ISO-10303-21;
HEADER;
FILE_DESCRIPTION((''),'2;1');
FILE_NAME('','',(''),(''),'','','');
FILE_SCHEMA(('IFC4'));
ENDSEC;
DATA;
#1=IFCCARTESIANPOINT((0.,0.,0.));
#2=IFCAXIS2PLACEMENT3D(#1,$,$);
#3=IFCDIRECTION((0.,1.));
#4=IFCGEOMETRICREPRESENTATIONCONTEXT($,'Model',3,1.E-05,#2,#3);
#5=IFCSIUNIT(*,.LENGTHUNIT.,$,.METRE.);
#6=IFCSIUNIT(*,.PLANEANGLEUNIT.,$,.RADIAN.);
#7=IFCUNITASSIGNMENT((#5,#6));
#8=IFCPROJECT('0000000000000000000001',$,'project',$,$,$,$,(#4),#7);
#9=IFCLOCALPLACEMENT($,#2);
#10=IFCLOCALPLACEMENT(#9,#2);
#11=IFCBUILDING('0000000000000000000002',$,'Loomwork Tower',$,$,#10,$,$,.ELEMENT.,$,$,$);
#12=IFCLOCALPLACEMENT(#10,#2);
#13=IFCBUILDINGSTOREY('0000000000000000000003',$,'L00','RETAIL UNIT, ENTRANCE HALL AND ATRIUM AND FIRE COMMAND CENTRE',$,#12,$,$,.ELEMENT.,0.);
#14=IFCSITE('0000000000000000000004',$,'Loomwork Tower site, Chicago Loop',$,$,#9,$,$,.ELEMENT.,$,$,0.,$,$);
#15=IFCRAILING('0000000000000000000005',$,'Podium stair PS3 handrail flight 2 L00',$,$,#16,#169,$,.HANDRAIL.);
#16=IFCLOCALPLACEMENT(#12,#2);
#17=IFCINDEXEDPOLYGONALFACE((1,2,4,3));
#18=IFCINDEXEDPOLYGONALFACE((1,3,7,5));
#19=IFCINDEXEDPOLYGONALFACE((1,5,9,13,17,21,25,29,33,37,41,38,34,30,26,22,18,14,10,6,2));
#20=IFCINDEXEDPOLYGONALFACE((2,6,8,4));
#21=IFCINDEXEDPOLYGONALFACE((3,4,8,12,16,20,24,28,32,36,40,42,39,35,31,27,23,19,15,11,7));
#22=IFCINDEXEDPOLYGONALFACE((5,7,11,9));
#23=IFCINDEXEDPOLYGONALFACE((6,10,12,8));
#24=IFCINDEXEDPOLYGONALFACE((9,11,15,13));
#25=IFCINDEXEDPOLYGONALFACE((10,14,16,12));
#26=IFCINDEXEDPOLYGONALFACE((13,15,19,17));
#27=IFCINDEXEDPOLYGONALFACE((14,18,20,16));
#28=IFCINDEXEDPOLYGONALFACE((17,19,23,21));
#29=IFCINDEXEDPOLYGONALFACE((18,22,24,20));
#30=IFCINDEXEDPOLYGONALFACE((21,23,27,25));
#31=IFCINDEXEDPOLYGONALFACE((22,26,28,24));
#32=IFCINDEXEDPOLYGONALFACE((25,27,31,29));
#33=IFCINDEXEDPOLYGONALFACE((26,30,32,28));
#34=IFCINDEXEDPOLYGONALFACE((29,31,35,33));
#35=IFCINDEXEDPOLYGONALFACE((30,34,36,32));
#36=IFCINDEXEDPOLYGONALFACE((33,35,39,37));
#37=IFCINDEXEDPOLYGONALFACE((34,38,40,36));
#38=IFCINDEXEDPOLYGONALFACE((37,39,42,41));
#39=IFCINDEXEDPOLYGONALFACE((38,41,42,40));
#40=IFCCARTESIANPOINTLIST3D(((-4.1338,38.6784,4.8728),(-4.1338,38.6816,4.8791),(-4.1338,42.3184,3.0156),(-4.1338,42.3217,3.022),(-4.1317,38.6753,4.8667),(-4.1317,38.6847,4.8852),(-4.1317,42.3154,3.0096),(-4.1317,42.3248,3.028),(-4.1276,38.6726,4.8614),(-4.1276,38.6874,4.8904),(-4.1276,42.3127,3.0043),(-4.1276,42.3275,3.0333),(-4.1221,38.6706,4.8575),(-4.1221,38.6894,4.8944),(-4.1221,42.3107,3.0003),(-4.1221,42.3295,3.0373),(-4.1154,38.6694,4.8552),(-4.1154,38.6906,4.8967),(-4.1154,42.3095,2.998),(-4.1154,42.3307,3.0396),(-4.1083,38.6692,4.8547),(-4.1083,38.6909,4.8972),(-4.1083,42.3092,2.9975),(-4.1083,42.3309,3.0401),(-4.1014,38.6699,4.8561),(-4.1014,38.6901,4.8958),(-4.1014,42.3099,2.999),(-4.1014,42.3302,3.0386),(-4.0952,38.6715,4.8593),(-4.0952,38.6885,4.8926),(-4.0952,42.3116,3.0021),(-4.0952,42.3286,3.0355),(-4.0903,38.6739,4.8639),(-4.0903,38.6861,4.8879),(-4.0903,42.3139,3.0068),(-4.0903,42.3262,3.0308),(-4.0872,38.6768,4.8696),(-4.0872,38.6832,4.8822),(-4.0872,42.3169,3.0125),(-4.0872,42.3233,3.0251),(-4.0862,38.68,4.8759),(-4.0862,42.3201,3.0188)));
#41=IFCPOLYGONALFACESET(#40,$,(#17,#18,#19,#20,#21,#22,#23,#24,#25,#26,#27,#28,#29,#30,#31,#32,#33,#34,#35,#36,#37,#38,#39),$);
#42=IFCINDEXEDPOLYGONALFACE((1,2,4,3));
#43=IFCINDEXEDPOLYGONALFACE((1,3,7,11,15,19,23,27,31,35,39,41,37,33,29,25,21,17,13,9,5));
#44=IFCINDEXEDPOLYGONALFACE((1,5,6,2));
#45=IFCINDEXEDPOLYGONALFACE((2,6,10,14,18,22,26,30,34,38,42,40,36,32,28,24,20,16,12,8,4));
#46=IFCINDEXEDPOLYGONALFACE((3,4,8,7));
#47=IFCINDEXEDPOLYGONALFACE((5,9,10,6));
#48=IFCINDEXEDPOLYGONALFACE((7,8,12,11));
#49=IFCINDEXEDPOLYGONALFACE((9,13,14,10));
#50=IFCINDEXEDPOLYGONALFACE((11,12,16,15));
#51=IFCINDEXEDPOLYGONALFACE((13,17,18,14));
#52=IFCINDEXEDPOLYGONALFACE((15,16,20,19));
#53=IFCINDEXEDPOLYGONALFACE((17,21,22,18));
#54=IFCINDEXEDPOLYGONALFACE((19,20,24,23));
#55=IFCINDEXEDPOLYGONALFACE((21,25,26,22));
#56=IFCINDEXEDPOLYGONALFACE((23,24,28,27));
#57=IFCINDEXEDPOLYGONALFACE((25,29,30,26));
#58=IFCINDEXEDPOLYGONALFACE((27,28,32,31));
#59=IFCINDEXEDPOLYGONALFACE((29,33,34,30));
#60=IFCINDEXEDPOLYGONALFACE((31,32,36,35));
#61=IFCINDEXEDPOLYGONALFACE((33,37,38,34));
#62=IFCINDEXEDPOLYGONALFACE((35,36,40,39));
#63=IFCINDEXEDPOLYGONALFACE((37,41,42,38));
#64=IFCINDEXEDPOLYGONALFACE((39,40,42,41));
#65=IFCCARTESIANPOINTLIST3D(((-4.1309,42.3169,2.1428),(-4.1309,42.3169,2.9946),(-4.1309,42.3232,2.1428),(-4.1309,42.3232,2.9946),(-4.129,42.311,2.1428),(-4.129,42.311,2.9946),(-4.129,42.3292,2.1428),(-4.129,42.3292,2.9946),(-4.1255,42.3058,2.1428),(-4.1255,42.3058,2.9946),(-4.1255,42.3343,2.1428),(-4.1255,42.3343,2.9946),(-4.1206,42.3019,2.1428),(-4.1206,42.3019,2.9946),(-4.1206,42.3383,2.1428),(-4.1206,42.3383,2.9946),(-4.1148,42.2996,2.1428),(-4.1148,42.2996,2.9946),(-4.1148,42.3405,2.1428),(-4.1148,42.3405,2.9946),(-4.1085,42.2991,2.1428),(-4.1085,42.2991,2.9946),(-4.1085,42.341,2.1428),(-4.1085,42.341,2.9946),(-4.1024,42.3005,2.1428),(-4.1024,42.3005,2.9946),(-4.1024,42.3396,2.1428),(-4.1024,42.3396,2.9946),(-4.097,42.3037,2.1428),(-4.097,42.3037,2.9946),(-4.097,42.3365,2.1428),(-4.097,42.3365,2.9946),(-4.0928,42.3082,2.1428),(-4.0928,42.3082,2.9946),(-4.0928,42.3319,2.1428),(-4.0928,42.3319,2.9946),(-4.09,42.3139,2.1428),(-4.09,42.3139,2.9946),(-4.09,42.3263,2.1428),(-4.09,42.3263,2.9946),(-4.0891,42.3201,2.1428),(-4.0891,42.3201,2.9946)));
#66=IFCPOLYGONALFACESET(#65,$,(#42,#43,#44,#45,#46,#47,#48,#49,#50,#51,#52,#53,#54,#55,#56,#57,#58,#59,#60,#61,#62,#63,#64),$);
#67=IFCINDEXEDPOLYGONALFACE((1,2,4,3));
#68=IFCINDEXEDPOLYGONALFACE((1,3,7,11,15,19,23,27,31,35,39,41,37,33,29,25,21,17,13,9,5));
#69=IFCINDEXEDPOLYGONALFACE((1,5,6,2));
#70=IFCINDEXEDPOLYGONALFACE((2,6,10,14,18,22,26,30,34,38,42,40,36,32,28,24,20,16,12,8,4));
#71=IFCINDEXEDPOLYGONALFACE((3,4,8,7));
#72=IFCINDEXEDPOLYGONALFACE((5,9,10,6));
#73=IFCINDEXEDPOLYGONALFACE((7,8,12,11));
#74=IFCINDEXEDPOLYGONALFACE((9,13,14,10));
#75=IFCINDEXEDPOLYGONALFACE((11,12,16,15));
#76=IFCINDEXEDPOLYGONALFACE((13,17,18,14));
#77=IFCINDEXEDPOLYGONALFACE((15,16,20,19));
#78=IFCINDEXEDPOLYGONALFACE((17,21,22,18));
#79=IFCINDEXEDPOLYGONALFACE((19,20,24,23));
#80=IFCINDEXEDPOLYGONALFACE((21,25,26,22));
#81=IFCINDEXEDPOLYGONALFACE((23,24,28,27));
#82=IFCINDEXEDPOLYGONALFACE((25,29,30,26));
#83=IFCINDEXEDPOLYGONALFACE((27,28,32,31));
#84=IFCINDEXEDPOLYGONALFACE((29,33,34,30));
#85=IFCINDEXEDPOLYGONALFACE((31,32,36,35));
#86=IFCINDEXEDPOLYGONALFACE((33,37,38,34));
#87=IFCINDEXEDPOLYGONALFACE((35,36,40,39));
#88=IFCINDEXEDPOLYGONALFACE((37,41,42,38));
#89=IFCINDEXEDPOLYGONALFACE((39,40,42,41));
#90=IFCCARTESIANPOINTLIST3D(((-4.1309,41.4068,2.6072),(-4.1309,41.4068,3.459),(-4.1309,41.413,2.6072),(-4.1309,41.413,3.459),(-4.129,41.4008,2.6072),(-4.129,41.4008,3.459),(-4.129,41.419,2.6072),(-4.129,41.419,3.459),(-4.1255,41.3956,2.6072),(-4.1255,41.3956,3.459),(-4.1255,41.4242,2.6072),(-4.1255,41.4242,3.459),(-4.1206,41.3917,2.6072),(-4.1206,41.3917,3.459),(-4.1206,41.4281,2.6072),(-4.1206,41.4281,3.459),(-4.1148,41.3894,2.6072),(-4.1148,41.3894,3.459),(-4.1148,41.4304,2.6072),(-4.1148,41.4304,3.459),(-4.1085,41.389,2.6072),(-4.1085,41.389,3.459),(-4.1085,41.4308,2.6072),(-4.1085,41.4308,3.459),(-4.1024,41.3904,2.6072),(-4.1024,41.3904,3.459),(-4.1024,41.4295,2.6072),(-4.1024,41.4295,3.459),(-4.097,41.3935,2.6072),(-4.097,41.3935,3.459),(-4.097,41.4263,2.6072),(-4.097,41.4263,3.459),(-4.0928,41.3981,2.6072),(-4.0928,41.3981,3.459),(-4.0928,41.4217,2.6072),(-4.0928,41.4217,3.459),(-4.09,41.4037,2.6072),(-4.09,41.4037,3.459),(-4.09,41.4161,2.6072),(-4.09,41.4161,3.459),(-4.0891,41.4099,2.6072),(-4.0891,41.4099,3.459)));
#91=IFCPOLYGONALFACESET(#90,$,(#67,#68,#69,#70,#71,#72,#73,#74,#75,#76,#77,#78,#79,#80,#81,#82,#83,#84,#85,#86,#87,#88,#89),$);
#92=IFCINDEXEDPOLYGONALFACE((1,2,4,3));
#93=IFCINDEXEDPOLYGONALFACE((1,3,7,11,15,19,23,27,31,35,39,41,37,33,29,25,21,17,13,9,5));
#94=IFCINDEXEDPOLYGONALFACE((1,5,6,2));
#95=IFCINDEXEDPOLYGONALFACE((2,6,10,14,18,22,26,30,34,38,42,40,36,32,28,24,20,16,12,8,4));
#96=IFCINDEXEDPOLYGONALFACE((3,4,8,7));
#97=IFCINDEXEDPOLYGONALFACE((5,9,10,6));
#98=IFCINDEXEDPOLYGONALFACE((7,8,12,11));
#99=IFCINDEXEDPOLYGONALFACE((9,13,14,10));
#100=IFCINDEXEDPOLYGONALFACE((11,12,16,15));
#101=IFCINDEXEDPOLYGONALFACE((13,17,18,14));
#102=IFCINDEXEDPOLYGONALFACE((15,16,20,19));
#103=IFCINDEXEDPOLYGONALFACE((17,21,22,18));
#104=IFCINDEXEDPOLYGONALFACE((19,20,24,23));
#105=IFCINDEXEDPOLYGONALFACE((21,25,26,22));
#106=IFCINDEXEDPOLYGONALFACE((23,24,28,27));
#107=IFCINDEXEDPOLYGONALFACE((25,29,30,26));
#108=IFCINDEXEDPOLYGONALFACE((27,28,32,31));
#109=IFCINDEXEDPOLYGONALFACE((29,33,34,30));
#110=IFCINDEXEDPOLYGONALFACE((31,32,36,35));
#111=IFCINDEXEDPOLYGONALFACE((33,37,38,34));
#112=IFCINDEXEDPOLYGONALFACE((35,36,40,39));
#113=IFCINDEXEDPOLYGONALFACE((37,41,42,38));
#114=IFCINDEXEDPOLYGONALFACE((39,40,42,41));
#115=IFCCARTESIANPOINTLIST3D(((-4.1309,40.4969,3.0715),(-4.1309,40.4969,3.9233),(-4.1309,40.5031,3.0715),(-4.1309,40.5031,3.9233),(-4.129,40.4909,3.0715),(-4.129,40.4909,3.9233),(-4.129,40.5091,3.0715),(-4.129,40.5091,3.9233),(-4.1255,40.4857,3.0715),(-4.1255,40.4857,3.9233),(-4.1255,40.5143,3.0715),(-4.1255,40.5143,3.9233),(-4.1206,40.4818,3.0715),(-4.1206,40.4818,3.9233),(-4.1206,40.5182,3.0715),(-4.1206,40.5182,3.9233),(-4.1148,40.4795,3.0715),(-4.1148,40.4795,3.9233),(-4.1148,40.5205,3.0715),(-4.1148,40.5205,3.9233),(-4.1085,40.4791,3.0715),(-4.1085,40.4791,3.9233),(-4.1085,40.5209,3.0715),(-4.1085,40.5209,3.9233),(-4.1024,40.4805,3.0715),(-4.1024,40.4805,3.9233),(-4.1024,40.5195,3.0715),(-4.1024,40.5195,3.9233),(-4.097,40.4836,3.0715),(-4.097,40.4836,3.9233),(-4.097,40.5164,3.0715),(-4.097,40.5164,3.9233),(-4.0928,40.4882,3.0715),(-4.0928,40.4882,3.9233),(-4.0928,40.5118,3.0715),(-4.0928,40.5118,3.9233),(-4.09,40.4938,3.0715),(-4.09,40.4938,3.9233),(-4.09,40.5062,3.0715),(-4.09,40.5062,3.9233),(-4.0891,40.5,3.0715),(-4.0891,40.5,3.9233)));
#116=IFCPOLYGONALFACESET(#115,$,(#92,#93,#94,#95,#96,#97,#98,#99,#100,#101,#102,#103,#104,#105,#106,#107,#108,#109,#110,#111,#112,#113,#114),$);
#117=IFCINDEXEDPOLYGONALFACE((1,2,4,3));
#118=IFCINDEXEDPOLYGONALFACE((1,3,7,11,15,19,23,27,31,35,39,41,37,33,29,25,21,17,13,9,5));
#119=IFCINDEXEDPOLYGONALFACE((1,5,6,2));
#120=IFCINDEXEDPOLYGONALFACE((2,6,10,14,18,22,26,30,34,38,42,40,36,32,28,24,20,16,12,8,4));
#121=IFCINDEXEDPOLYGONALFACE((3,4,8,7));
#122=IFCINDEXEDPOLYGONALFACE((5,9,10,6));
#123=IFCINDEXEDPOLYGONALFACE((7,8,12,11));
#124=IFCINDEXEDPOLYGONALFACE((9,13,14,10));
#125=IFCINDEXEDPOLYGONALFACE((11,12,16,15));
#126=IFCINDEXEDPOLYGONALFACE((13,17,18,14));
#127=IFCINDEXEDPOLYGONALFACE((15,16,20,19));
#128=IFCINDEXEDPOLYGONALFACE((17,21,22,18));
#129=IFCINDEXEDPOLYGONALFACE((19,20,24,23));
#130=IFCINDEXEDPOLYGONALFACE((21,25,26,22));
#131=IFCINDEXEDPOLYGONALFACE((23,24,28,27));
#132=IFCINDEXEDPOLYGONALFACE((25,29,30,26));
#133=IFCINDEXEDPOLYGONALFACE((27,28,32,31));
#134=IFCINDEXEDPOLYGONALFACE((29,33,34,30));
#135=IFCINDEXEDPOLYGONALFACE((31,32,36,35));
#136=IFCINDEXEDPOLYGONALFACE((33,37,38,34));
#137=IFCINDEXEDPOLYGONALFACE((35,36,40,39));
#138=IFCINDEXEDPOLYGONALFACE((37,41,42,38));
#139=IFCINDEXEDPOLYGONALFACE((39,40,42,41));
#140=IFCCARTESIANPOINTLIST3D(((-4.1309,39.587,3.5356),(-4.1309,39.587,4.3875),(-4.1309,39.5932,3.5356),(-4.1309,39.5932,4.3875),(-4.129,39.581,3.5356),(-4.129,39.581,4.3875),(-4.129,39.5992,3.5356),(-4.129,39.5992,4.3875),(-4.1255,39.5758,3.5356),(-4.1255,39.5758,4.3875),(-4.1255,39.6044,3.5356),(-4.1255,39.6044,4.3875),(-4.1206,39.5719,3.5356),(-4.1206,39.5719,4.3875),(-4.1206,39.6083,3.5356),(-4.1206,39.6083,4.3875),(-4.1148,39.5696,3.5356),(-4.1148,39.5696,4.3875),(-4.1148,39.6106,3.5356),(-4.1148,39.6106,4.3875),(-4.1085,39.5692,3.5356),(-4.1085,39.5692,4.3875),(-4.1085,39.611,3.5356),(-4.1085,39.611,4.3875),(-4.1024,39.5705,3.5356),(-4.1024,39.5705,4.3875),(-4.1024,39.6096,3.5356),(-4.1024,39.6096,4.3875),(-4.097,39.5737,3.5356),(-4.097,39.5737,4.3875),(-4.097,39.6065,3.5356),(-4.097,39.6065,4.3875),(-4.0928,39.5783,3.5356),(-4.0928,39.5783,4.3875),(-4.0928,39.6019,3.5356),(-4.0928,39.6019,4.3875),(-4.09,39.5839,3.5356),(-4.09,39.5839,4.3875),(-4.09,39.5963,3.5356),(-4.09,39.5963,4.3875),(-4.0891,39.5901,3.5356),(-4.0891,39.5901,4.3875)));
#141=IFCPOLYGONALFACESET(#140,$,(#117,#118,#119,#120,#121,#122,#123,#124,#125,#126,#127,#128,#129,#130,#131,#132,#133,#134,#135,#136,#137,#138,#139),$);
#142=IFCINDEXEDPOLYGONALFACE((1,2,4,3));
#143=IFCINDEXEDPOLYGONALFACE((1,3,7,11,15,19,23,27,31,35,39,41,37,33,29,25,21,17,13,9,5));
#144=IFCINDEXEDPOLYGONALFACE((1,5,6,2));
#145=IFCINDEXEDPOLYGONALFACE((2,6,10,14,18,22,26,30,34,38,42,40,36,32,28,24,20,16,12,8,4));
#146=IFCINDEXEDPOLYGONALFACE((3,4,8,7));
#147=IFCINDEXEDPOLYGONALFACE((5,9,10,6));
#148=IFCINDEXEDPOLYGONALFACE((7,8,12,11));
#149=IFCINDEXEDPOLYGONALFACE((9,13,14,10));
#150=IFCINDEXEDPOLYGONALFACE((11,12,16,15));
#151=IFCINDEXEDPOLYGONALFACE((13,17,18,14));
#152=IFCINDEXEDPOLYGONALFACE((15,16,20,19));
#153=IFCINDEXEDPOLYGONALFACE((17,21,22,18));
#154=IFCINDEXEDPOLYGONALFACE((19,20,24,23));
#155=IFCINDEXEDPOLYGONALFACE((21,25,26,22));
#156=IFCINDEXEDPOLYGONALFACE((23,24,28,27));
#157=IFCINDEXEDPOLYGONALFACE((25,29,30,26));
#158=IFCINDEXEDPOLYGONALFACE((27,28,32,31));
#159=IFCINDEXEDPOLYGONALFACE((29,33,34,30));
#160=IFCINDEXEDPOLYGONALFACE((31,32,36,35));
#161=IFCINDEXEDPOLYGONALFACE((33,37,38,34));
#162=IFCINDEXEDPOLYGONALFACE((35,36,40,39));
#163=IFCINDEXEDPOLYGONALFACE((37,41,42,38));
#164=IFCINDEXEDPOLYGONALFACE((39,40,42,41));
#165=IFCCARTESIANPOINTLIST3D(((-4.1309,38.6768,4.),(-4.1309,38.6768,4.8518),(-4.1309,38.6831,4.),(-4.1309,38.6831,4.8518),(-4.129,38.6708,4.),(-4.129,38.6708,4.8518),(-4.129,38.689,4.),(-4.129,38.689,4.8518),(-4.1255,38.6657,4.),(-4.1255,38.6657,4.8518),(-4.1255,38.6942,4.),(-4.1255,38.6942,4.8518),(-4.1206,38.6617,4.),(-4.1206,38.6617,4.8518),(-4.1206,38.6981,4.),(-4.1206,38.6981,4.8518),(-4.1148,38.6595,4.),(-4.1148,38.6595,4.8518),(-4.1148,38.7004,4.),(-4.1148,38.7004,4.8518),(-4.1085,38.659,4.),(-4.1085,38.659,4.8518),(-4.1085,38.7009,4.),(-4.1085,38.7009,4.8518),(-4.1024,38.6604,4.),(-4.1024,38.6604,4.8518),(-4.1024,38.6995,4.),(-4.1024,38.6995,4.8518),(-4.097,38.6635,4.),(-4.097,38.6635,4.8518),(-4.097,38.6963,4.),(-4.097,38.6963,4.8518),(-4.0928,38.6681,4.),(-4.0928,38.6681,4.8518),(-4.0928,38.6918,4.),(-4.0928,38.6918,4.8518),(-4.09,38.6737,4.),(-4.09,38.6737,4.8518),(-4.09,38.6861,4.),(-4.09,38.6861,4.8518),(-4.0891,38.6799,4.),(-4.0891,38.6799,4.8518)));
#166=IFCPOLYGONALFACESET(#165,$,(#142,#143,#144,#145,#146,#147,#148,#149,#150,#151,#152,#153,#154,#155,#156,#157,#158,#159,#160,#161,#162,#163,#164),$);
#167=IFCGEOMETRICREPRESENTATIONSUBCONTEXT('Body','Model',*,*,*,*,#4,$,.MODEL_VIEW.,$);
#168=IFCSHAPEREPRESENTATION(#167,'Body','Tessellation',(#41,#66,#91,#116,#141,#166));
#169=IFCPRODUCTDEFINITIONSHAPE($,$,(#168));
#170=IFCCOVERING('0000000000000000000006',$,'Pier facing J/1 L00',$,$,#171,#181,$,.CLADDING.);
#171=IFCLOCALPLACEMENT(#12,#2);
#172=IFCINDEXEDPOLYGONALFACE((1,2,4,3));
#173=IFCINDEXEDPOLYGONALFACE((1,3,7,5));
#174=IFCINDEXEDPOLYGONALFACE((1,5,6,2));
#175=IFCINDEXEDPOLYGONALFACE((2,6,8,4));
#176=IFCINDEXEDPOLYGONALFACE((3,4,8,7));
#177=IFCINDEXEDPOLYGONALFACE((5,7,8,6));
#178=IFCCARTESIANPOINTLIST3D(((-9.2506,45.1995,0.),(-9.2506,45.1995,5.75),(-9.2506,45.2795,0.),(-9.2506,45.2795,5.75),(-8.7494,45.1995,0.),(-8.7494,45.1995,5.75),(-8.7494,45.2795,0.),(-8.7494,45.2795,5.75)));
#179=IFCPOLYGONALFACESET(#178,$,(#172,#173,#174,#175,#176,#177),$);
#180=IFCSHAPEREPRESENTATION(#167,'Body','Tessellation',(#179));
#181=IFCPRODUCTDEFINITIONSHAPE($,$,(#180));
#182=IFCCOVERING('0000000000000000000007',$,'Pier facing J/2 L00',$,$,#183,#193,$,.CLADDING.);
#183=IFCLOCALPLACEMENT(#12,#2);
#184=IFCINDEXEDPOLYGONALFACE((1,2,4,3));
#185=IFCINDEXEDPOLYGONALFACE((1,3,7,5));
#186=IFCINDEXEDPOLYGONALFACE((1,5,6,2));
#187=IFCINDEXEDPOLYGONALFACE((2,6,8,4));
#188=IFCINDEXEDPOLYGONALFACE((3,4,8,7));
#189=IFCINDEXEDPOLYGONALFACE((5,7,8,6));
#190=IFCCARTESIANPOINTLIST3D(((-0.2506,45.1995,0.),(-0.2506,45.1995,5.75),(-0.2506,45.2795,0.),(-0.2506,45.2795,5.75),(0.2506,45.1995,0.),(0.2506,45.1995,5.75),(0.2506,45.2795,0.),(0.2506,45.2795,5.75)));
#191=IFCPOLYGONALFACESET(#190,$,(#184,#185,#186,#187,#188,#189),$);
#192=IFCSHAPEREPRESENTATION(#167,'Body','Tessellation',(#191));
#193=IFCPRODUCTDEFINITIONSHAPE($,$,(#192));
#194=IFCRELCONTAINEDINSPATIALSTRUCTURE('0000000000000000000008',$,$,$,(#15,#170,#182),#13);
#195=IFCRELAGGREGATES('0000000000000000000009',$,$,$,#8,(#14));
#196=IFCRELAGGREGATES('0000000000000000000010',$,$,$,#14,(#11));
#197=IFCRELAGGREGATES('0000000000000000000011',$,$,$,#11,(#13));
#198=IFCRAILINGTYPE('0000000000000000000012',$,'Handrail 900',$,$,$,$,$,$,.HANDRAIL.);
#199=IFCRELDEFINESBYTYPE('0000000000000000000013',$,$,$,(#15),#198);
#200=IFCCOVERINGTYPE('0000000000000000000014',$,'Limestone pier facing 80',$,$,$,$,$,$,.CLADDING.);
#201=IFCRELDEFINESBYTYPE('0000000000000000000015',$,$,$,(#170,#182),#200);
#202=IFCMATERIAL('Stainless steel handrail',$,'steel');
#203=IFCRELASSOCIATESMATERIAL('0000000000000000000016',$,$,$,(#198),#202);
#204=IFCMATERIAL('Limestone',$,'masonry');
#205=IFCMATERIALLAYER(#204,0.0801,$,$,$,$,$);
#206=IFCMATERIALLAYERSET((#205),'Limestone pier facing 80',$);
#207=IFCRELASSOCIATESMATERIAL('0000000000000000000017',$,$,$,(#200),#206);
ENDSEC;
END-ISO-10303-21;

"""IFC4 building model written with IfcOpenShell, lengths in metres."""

from ifc_helpers import new_model, si_unit, direction, frame, origin, origin_2d, place, context, subcontext, project, spatial, rectangle, circle, extrude, material, layer, layer_set, type_object, element, save


model = new_model("IFC4")

# Units and contexts
model_context = context("Model", 3, precision=1e-05, world=origin(), true_north=direction((0.0, 1.0)))
body_context = subcontext(model_context, "Body", "Model", "MODEL_VIEW")
ifc_project = project(units=[si_unit("LENGTHUNIT", "METRE"), si_unit("PLANEANGLEUNIT", "RADIAN")], contexts=[model_context])

# Site, building, storey
site_placement = place(None, origin())
site = spatial("IfcSite", under=ifc_project, at=site_placement, Name="Loomwork Tower site, Chicago Loop", CompositionType="ELEMENT", RefElevation=0.0)
building_placement = place(site_placement, origin())
building = spatial("IfcBuilding", under=site, at=building_placement, Name="Loomwork Tower", CompositionType="ELEMENT")
storey_placement = place(building_placement, origin())
storey = spatial("IfcBuildingStorey", under=building, at=storey_placement, Name="L00", Description="RETAIL UNIT, ENTRANCE HALL AND ATRIUM AND FIRE COMMAND CENTRE", CompositionType="ELEMENT", Elevation=0.0)

# Railing
ifc_material_1 = material(Name="Stainless steel handrail", Category="steel")
railing_type = type_object("IfcRailingType", Name="Handrail 900", PredefinedType="HANDRAIL", material=ifc_material_1)
railing_placement = place(storey_placement, frame((-4.1101, 42.3201, 2.1428)))
element("IfcRailing", 1, at=railing_placement, inside=storey, type_object=railing_type, Name="Podium stair PS3 handrail flight 2 L00", PredefinedType="HANDRAIL", context=body_context, shape_type="SweptSolid", body=[
    extrude(circle(Radius=0.0239, at=origin_2d()), frame((0.0, 0.0, 0.876), z_axis=(0.0, -0.890765, 0.454464), x_axis=(1.0, 0.0, 0.0)), (0.0, 0.0, 1.0), 4.0864),
    extrude(circle(Radius=0.021, at=origin_2d()), origin(), (0.0, 0.0, 1.0), 0.8518),
    extrude(circle(Radius=0.021, at=origin_2d()), frame((0.0, -0.9102, 0.4644)), (0.0, 0.0, 1.0), 0.8518),
    extrude(circle(Radius=0.021, at=origin_2d()), frame((0.0, -1.8201, 0.9287)), (0.0, 0.0, 1.0), 0.8518),
    extrude(circle(Radius=0.021, at=origin_2d()), frame((0.0, -2.73, 1.3928)), (0.0, 0.0, 1.0), 0.8518),
    extrude(circle(Radius=0.021, at=origin_2d()), frame((0.0, -3.6401, 1.8572)), (0.0, 0.0, 1.0), 0.8518),
])

# Coverings
ifc_material_2 = material(Name="Limestone", Category="masonry")
ifc_layer_1 = layer(ifc_material_2, 0.0801)
ifc_layer_set_1 = layer_set([ifc_layer_1], Name="Limestone pier facing 80")
covering_type = type_object("IfcCoveringType", Name="Limestone pier facing 80", PredefinedType="CLADDING", material=ifc_layer_set_1)
for number, where, z_axis, x_axis, name in (
    (2, (-9.0, 45.2395, 0.0), (0.0, 0.0, 1.0), (1.0, 0.0, 0.0), "Pier facing J/1 L00"),
    (3, (0.0, 45.2395, 0.0), (0.0, 0.0, 1.0), (1.0, 0.0, 0.0), "Pier facing J/2 L00"),
):
    element("IfcCovering", number, at=place(storey_placement, frame(where, z_axis=z_axis, x_axis=x_axis)), inside=storey, type_object=covering_type, Name=name, PredefinedType="CLADDING", context=body_context, shape_type="SweptSolid", body=[
        extrude(rectangle(XDim=0.5012, YDim=0.0801, at=origin_2d()), origin(), (0.0, 0.0, 1.0), 5.75),
    ])

save(model, "model.ifc")
